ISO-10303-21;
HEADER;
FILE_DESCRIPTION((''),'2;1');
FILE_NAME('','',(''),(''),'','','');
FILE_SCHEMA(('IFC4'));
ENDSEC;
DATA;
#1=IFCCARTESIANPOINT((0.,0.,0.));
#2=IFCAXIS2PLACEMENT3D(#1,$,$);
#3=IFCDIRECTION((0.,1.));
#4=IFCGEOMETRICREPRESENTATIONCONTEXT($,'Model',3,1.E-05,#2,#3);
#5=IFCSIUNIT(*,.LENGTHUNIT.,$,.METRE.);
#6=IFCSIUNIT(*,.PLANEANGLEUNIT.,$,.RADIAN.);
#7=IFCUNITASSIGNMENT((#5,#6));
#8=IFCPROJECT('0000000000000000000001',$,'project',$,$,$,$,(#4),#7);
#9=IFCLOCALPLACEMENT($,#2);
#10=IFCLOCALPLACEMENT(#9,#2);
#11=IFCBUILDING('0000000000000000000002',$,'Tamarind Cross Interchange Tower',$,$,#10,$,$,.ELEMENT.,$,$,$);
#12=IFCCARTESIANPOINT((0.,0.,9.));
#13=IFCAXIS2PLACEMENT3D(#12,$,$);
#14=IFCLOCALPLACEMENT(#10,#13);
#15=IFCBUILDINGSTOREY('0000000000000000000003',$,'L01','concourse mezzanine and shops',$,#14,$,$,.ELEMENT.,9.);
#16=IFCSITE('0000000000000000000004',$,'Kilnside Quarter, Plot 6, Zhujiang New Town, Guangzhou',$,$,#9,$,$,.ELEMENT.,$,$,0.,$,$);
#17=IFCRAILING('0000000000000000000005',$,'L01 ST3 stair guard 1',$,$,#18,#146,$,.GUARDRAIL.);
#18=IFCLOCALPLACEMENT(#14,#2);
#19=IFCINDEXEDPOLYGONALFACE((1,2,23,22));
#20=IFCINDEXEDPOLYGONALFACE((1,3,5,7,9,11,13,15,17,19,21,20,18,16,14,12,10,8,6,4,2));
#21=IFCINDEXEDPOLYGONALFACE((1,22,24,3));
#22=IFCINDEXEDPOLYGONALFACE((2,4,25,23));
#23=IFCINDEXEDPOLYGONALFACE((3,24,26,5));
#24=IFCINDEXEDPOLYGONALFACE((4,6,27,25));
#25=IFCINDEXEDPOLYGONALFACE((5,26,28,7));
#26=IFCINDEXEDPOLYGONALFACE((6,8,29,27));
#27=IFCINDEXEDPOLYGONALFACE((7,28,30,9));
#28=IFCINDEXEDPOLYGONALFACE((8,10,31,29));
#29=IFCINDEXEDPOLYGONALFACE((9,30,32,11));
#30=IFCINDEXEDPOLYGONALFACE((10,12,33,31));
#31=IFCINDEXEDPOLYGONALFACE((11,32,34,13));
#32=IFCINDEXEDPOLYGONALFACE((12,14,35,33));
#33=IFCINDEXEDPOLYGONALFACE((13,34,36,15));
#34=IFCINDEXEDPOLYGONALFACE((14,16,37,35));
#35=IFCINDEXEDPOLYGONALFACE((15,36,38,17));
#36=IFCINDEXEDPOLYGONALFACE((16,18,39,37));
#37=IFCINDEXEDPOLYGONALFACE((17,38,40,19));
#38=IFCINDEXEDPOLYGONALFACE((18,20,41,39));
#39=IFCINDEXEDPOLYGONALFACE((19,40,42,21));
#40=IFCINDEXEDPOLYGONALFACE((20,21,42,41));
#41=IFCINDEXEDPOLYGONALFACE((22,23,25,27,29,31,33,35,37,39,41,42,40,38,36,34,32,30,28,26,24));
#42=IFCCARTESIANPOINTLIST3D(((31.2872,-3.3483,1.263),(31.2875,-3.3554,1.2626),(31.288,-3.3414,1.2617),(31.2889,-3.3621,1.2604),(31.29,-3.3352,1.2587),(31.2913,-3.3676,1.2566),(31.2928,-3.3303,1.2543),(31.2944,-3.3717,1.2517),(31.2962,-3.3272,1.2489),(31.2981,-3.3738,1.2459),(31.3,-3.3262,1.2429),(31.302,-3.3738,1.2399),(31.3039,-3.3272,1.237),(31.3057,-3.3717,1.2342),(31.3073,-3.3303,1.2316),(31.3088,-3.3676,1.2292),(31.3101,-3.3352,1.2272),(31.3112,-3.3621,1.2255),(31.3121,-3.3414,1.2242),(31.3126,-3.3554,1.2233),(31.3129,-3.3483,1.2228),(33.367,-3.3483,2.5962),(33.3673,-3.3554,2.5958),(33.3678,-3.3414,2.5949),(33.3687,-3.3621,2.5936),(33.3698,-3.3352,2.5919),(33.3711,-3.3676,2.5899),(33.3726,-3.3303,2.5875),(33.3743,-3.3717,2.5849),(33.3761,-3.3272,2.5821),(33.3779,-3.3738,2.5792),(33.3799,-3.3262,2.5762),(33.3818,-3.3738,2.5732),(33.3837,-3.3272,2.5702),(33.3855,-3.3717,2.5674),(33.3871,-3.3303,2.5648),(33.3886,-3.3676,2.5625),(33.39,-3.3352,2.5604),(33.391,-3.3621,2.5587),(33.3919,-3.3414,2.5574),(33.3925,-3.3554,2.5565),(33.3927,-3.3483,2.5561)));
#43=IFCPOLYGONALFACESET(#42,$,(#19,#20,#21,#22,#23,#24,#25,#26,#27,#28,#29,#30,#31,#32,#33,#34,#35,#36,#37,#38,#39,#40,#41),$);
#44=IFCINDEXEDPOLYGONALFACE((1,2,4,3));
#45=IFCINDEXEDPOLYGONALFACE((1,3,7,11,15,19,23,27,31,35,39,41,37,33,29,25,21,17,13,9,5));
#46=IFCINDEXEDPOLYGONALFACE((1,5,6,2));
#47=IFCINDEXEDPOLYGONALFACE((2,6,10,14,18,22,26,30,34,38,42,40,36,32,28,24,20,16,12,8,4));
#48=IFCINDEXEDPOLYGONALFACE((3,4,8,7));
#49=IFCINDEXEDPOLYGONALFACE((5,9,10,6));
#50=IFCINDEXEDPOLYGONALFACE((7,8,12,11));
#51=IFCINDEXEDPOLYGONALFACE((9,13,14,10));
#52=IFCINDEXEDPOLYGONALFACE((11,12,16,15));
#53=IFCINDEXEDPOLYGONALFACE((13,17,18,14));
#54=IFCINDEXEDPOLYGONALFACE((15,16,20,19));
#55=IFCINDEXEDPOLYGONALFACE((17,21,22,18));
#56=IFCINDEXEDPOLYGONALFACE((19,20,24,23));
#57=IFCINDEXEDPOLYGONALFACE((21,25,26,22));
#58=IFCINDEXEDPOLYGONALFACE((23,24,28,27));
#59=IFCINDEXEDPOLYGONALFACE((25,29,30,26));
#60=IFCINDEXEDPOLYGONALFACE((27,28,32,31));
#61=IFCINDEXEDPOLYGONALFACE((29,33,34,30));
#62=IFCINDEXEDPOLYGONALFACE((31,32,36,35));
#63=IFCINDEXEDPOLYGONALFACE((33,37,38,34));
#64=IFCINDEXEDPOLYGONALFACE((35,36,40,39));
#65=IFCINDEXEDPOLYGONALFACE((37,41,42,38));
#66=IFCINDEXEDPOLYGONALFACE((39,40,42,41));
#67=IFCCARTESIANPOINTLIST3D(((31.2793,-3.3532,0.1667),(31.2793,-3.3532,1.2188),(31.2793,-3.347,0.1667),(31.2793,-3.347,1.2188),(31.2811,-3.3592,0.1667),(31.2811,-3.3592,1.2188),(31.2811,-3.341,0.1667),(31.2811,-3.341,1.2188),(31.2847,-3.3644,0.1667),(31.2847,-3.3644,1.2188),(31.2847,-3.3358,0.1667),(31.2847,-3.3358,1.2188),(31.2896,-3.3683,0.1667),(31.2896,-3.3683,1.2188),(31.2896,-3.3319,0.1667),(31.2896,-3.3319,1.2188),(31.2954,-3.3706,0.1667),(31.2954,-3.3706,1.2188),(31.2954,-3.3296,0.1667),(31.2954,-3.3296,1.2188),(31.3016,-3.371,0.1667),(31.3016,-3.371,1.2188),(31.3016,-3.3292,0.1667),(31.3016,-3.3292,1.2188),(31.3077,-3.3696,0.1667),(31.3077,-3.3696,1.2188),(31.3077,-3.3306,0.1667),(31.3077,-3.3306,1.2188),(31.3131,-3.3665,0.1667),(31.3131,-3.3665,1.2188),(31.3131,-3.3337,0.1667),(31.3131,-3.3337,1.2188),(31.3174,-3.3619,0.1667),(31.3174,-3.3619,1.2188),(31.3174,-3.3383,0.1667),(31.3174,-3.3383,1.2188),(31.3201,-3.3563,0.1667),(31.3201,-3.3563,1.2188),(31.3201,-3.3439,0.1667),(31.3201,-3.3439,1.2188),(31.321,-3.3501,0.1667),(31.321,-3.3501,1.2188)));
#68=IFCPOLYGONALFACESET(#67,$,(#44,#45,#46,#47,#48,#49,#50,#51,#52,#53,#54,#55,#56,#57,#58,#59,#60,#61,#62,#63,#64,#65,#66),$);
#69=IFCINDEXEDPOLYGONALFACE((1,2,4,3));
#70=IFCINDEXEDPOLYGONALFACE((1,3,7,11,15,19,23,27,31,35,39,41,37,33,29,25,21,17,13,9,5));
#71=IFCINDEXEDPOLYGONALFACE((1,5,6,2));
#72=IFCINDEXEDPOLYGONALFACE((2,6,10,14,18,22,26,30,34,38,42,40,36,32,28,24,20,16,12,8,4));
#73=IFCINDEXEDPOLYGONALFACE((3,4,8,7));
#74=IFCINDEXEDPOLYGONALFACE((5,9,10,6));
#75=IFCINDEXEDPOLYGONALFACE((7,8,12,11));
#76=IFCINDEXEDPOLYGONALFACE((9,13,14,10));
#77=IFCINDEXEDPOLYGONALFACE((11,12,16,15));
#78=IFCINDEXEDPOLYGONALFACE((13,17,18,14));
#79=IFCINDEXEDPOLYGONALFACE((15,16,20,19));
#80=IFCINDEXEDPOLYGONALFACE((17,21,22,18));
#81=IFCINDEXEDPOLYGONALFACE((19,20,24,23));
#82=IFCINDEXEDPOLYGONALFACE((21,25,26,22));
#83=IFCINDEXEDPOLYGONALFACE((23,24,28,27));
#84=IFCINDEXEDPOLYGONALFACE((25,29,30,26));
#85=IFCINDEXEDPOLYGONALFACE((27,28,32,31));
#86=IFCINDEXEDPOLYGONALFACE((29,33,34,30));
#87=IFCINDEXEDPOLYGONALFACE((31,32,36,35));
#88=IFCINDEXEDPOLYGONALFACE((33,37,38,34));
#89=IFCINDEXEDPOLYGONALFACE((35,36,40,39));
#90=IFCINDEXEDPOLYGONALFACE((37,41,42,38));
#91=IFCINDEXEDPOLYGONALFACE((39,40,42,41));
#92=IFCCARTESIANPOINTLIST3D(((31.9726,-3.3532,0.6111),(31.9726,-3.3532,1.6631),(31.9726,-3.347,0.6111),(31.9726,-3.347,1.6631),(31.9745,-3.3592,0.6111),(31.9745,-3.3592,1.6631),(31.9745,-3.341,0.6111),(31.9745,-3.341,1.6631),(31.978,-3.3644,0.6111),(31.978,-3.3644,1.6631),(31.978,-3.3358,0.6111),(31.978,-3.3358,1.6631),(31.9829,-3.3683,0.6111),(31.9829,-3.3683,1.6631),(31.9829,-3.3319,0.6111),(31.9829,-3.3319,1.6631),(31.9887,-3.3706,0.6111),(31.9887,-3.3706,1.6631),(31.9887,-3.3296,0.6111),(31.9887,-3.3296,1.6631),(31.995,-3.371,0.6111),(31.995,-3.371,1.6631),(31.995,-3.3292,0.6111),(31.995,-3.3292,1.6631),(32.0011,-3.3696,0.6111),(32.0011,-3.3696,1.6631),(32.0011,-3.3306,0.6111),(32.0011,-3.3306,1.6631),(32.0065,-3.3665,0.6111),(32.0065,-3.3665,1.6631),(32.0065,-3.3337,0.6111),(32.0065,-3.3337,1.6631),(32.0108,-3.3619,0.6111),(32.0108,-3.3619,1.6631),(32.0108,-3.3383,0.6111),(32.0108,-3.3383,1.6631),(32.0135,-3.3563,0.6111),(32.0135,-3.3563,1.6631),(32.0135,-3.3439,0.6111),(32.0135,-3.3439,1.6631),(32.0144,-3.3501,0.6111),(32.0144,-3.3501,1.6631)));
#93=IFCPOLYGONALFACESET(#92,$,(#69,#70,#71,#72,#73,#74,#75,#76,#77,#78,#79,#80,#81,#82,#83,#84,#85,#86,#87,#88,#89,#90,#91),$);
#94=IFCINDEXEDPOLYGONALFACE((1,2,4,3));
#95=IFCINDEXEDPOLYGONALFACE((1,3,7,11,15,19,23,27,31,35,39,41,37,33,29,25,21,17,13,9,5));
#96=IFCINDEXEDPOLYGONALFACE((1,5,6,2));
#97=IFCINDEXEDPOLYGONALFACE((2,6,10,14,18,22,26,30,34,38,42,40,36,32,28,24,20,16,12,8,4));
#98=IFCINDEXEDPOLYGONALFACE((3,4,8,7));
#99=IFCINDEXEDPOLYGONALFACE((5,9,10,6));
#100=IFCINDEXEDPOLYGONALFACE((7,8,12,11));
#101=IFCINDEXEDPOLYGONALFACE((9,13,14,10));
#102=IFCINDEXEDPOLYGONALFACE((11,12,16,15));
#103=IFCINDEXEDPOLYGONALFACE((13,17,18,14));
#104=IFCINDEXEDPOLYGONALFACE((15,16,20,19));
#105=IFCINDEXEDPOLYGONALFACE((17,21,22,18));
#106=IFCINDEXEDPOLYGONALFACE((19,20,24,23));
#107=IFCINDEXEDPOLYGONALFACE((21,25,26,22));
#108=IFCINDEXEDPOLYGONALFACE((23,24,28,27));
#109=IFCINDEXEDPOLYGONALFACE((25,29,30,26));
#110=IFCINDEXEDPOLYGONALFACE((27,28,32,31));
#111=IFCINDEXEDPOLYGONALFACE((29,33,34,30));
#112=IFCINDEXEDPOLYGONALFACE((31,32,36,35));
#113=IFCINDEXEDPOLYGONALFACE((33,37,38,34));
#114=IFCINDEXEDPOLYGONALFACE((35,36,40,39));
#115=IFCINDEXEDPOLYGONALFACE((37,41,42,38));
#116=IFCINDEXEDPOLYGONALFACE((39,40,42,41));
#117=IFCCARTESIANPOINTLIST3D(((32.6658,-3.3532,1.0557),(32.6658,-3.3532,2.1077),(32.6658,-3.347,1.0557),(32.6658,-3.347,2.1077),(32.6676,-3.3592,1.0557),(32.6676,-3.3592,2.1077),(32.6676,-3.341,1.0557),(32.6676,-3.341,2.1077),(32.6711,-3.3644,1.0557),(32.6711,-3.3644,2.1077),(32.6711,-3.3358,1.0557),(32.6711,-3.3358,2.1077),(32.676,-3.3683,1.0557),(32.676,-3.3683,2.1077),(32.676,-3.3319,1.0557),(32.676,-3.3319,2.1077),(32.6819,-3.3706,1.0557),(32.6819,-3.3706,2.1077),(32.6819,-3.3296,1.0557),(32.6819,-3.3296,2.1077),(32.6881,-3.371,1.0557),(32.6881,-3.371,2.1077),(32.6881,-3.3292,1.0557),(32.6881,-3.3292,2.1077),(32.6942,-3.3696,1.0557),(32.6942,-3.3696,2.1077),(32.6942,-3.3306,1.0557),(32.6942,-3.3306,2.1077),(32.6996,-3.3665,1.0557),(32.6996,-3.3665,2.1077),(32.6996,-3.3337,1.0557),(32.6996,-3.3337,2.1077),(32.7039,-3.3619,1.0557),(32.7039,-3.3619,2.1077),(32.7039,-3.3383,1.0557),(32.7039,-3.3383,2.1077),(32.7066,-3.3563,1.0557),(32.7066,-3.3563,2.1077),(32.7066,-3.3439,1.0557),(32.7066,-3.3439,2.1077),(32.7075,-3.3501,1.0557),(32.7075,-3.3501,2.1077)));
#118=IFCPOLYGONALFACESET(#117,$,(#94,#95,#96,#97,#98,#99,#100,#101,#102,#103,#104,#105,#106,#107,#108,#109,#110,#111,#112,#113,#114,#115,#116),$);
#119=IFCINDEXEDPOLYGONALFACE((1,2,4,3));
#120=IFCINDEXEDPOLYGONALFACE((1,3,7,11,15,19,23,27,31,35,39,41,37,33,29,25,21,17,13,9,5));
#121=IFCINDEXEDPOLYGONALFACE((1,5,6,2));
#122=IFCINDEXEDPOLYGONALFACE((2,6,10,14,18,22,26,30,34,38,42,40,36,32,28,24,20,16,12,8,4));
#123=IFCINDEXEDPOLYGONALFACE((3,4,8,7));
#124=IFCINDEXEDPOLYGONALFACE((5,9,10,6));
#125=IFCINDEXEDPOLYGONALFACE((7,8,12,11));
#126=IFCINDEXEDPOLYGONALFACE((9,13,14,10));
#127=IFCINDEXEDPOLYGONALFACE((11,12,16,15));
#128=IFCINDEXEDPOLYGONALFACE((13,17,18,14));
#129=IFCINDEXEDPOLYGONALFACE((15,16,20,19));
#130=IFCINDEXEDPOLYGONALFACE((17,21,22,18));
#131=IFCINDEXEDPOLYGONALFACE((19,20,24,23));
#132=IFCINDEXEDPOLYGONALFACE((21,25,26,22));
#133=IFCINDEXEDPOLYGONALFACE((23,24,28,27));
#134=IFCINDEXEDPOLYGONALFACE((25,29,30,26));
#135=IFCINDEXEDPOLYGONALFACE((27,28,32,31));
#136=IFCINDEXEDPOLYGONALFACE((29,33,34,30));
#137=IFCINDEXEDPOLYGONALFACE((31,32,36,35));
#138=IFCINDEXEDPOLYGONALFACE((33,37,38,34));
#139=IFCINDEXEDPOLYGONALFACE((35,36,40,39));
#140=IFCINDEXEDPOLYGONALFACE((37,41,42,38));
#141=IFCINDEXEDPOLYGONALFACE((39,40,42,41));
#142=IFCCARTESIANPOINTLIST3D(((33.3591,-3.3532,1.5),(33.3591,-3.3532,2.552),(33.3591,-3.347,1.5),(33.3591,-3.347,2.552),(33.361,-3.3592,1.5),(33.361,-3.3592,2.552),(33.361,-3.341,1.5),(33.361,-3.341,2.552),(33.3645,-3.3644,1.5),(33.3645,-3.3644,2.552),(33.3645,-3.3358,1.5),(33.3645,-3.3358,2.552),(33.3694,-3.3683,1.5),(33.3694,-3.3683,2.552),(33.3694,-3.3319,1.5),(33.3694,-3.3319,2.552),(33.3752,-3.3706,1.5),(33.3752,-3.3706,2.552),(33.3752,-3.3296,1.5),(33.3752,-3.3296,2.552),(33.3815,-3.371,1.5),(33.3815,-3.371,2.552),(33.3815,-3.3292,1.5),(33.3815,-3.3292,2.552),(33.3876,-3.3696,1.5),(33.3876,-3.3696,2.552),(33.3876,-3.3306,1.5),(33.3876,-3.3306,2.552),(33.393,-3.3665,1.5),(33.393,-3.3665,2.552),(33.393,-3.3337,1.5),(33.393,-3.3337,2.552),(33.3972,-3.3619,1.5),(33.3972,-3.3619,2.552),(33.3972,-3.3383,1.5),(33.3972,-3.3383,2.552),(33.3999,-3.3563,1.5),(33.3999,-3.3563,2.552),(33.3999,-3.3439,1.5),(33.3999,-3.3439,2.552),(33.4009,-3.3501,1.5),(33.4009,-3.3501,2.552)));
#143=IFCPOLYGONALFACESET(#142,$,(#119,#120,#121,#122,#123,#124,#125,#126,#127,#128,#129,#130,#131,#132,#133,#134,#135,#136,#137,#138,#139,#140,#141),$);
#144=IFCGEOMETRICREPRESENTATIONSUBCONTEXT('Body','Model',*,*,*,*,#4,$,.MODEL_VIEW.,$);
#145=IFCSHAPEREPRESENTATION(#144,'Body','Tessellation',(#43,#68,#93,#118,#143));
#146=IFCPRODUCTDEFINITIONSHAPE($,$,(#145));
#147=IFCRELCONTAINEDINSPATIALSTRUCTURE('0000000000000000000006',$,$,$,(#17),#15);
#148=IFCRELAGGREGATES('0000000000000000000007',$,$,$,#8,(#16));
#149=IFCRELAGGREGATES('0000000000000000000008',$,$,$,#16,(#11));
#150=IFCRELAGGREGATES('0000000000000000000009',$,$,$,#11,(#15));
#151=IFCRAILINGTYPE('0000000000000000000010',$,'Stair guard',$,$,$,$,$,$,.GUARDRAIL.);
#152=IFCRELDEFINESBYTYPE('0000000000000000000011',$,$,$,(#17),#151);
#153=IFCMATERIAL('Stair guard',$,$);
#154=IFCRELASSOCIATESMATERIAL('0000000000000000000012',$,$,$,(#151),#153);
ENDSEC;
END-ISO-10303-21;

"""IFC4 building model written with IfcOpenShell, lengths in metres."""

from ifc_helpers import new_model, si_unit, direction, frame, origin, origin_2d, place, context, subcontext, project, spatial, circle, extrude, material, type_object, element, save


model = new_model("IFC4")

# Units and contexts
model_context = context("Model", 3, precision=1e-05, world=origin(), true_north=direction((0.0, 1.0)))
body_context = subcontext(model_context, "Body", "Model", "MODEL_VIEW")
ifc_project = project(units=[si_unit("LENGTHUNIT", "METRE"), si_unit("PLANEANGLEUNIT", "RADIAN")], contexts=[model_context])

# Site, building, storey
site_placement = place(None, origin())
site = spatial("IfcSite", under=ifc_project, at=site_placement, Name="Kilnside Quarter, Plot 6, Zhujiang New Town, Guangzhou", CompositionType="ELEMENT", RefElevation=0.0)
building_placement = place(site_placement, origin())
building = spatial("IfcBuilding", under=site, at=building_placement, Name="Tamarind Cross Interchange Tower", CompositionType="ELEMENT")
storey_placement = place(building_placement, frame((0.0, 0.0, 9.0)))
storey = spatial("IfcBuildingStorey", under=building, at=storey_placement, Name="L01", Description="concourse mezzanine and shops", CompositionType="ELEMENT", Elevation=9.0)

# Railing
ifc_material_1 = material(Name="Stair guard")
railing_type_1 = type_object("IfcRailingType", Name="Stair guard", PredefinedType="GUARDRAIL", material=ifc_material_1)
railing_1_placement = place(storey_placement, frame((31.3, -3.3501, 0.1667)))
element("IfcRailing", 1, at=railing_1_placement, inside=storey, type_object=railing_type_1, Name="L01 ST3 stair guard 1", PredefinedType="GUARDRAIL", context=body_context, shape_type="SweptSolid", body=[
    extrude(circle(Radius=0.0239, at=origin_2d()), frame((0.0, 0.0, 1.0762), z_axis=(0.841875, 0.0, 0.539673), x_axis=(0.0, 1.0, 0.0)), (0.0, 0.0, 1.0), 2.4705),
    extrude(circle(Radius=0.021, at=origin_2d()), origin(), (0.0, 0.0, 1.0), 1.052),
    extrude(circle(Radius=0.021, at=origin_2d()), frame((0.6934, 0.0, 0.4443)), (0.0, 0.0, 1.0), 1.052),
    extrude(circle(Radius=0.021, at=origin_2d()), frame((1.3865, 0.0, 0.8889)), (0.0, 0.0, 1.0), 1.052),
    extrude(circle(Radius=0.021, at=origin_2d()), frame((2.0798, 0.0, 1.3333)), (0.0, 0.0, 1.0), 1.052),
])

save(model, "model.ifc")
